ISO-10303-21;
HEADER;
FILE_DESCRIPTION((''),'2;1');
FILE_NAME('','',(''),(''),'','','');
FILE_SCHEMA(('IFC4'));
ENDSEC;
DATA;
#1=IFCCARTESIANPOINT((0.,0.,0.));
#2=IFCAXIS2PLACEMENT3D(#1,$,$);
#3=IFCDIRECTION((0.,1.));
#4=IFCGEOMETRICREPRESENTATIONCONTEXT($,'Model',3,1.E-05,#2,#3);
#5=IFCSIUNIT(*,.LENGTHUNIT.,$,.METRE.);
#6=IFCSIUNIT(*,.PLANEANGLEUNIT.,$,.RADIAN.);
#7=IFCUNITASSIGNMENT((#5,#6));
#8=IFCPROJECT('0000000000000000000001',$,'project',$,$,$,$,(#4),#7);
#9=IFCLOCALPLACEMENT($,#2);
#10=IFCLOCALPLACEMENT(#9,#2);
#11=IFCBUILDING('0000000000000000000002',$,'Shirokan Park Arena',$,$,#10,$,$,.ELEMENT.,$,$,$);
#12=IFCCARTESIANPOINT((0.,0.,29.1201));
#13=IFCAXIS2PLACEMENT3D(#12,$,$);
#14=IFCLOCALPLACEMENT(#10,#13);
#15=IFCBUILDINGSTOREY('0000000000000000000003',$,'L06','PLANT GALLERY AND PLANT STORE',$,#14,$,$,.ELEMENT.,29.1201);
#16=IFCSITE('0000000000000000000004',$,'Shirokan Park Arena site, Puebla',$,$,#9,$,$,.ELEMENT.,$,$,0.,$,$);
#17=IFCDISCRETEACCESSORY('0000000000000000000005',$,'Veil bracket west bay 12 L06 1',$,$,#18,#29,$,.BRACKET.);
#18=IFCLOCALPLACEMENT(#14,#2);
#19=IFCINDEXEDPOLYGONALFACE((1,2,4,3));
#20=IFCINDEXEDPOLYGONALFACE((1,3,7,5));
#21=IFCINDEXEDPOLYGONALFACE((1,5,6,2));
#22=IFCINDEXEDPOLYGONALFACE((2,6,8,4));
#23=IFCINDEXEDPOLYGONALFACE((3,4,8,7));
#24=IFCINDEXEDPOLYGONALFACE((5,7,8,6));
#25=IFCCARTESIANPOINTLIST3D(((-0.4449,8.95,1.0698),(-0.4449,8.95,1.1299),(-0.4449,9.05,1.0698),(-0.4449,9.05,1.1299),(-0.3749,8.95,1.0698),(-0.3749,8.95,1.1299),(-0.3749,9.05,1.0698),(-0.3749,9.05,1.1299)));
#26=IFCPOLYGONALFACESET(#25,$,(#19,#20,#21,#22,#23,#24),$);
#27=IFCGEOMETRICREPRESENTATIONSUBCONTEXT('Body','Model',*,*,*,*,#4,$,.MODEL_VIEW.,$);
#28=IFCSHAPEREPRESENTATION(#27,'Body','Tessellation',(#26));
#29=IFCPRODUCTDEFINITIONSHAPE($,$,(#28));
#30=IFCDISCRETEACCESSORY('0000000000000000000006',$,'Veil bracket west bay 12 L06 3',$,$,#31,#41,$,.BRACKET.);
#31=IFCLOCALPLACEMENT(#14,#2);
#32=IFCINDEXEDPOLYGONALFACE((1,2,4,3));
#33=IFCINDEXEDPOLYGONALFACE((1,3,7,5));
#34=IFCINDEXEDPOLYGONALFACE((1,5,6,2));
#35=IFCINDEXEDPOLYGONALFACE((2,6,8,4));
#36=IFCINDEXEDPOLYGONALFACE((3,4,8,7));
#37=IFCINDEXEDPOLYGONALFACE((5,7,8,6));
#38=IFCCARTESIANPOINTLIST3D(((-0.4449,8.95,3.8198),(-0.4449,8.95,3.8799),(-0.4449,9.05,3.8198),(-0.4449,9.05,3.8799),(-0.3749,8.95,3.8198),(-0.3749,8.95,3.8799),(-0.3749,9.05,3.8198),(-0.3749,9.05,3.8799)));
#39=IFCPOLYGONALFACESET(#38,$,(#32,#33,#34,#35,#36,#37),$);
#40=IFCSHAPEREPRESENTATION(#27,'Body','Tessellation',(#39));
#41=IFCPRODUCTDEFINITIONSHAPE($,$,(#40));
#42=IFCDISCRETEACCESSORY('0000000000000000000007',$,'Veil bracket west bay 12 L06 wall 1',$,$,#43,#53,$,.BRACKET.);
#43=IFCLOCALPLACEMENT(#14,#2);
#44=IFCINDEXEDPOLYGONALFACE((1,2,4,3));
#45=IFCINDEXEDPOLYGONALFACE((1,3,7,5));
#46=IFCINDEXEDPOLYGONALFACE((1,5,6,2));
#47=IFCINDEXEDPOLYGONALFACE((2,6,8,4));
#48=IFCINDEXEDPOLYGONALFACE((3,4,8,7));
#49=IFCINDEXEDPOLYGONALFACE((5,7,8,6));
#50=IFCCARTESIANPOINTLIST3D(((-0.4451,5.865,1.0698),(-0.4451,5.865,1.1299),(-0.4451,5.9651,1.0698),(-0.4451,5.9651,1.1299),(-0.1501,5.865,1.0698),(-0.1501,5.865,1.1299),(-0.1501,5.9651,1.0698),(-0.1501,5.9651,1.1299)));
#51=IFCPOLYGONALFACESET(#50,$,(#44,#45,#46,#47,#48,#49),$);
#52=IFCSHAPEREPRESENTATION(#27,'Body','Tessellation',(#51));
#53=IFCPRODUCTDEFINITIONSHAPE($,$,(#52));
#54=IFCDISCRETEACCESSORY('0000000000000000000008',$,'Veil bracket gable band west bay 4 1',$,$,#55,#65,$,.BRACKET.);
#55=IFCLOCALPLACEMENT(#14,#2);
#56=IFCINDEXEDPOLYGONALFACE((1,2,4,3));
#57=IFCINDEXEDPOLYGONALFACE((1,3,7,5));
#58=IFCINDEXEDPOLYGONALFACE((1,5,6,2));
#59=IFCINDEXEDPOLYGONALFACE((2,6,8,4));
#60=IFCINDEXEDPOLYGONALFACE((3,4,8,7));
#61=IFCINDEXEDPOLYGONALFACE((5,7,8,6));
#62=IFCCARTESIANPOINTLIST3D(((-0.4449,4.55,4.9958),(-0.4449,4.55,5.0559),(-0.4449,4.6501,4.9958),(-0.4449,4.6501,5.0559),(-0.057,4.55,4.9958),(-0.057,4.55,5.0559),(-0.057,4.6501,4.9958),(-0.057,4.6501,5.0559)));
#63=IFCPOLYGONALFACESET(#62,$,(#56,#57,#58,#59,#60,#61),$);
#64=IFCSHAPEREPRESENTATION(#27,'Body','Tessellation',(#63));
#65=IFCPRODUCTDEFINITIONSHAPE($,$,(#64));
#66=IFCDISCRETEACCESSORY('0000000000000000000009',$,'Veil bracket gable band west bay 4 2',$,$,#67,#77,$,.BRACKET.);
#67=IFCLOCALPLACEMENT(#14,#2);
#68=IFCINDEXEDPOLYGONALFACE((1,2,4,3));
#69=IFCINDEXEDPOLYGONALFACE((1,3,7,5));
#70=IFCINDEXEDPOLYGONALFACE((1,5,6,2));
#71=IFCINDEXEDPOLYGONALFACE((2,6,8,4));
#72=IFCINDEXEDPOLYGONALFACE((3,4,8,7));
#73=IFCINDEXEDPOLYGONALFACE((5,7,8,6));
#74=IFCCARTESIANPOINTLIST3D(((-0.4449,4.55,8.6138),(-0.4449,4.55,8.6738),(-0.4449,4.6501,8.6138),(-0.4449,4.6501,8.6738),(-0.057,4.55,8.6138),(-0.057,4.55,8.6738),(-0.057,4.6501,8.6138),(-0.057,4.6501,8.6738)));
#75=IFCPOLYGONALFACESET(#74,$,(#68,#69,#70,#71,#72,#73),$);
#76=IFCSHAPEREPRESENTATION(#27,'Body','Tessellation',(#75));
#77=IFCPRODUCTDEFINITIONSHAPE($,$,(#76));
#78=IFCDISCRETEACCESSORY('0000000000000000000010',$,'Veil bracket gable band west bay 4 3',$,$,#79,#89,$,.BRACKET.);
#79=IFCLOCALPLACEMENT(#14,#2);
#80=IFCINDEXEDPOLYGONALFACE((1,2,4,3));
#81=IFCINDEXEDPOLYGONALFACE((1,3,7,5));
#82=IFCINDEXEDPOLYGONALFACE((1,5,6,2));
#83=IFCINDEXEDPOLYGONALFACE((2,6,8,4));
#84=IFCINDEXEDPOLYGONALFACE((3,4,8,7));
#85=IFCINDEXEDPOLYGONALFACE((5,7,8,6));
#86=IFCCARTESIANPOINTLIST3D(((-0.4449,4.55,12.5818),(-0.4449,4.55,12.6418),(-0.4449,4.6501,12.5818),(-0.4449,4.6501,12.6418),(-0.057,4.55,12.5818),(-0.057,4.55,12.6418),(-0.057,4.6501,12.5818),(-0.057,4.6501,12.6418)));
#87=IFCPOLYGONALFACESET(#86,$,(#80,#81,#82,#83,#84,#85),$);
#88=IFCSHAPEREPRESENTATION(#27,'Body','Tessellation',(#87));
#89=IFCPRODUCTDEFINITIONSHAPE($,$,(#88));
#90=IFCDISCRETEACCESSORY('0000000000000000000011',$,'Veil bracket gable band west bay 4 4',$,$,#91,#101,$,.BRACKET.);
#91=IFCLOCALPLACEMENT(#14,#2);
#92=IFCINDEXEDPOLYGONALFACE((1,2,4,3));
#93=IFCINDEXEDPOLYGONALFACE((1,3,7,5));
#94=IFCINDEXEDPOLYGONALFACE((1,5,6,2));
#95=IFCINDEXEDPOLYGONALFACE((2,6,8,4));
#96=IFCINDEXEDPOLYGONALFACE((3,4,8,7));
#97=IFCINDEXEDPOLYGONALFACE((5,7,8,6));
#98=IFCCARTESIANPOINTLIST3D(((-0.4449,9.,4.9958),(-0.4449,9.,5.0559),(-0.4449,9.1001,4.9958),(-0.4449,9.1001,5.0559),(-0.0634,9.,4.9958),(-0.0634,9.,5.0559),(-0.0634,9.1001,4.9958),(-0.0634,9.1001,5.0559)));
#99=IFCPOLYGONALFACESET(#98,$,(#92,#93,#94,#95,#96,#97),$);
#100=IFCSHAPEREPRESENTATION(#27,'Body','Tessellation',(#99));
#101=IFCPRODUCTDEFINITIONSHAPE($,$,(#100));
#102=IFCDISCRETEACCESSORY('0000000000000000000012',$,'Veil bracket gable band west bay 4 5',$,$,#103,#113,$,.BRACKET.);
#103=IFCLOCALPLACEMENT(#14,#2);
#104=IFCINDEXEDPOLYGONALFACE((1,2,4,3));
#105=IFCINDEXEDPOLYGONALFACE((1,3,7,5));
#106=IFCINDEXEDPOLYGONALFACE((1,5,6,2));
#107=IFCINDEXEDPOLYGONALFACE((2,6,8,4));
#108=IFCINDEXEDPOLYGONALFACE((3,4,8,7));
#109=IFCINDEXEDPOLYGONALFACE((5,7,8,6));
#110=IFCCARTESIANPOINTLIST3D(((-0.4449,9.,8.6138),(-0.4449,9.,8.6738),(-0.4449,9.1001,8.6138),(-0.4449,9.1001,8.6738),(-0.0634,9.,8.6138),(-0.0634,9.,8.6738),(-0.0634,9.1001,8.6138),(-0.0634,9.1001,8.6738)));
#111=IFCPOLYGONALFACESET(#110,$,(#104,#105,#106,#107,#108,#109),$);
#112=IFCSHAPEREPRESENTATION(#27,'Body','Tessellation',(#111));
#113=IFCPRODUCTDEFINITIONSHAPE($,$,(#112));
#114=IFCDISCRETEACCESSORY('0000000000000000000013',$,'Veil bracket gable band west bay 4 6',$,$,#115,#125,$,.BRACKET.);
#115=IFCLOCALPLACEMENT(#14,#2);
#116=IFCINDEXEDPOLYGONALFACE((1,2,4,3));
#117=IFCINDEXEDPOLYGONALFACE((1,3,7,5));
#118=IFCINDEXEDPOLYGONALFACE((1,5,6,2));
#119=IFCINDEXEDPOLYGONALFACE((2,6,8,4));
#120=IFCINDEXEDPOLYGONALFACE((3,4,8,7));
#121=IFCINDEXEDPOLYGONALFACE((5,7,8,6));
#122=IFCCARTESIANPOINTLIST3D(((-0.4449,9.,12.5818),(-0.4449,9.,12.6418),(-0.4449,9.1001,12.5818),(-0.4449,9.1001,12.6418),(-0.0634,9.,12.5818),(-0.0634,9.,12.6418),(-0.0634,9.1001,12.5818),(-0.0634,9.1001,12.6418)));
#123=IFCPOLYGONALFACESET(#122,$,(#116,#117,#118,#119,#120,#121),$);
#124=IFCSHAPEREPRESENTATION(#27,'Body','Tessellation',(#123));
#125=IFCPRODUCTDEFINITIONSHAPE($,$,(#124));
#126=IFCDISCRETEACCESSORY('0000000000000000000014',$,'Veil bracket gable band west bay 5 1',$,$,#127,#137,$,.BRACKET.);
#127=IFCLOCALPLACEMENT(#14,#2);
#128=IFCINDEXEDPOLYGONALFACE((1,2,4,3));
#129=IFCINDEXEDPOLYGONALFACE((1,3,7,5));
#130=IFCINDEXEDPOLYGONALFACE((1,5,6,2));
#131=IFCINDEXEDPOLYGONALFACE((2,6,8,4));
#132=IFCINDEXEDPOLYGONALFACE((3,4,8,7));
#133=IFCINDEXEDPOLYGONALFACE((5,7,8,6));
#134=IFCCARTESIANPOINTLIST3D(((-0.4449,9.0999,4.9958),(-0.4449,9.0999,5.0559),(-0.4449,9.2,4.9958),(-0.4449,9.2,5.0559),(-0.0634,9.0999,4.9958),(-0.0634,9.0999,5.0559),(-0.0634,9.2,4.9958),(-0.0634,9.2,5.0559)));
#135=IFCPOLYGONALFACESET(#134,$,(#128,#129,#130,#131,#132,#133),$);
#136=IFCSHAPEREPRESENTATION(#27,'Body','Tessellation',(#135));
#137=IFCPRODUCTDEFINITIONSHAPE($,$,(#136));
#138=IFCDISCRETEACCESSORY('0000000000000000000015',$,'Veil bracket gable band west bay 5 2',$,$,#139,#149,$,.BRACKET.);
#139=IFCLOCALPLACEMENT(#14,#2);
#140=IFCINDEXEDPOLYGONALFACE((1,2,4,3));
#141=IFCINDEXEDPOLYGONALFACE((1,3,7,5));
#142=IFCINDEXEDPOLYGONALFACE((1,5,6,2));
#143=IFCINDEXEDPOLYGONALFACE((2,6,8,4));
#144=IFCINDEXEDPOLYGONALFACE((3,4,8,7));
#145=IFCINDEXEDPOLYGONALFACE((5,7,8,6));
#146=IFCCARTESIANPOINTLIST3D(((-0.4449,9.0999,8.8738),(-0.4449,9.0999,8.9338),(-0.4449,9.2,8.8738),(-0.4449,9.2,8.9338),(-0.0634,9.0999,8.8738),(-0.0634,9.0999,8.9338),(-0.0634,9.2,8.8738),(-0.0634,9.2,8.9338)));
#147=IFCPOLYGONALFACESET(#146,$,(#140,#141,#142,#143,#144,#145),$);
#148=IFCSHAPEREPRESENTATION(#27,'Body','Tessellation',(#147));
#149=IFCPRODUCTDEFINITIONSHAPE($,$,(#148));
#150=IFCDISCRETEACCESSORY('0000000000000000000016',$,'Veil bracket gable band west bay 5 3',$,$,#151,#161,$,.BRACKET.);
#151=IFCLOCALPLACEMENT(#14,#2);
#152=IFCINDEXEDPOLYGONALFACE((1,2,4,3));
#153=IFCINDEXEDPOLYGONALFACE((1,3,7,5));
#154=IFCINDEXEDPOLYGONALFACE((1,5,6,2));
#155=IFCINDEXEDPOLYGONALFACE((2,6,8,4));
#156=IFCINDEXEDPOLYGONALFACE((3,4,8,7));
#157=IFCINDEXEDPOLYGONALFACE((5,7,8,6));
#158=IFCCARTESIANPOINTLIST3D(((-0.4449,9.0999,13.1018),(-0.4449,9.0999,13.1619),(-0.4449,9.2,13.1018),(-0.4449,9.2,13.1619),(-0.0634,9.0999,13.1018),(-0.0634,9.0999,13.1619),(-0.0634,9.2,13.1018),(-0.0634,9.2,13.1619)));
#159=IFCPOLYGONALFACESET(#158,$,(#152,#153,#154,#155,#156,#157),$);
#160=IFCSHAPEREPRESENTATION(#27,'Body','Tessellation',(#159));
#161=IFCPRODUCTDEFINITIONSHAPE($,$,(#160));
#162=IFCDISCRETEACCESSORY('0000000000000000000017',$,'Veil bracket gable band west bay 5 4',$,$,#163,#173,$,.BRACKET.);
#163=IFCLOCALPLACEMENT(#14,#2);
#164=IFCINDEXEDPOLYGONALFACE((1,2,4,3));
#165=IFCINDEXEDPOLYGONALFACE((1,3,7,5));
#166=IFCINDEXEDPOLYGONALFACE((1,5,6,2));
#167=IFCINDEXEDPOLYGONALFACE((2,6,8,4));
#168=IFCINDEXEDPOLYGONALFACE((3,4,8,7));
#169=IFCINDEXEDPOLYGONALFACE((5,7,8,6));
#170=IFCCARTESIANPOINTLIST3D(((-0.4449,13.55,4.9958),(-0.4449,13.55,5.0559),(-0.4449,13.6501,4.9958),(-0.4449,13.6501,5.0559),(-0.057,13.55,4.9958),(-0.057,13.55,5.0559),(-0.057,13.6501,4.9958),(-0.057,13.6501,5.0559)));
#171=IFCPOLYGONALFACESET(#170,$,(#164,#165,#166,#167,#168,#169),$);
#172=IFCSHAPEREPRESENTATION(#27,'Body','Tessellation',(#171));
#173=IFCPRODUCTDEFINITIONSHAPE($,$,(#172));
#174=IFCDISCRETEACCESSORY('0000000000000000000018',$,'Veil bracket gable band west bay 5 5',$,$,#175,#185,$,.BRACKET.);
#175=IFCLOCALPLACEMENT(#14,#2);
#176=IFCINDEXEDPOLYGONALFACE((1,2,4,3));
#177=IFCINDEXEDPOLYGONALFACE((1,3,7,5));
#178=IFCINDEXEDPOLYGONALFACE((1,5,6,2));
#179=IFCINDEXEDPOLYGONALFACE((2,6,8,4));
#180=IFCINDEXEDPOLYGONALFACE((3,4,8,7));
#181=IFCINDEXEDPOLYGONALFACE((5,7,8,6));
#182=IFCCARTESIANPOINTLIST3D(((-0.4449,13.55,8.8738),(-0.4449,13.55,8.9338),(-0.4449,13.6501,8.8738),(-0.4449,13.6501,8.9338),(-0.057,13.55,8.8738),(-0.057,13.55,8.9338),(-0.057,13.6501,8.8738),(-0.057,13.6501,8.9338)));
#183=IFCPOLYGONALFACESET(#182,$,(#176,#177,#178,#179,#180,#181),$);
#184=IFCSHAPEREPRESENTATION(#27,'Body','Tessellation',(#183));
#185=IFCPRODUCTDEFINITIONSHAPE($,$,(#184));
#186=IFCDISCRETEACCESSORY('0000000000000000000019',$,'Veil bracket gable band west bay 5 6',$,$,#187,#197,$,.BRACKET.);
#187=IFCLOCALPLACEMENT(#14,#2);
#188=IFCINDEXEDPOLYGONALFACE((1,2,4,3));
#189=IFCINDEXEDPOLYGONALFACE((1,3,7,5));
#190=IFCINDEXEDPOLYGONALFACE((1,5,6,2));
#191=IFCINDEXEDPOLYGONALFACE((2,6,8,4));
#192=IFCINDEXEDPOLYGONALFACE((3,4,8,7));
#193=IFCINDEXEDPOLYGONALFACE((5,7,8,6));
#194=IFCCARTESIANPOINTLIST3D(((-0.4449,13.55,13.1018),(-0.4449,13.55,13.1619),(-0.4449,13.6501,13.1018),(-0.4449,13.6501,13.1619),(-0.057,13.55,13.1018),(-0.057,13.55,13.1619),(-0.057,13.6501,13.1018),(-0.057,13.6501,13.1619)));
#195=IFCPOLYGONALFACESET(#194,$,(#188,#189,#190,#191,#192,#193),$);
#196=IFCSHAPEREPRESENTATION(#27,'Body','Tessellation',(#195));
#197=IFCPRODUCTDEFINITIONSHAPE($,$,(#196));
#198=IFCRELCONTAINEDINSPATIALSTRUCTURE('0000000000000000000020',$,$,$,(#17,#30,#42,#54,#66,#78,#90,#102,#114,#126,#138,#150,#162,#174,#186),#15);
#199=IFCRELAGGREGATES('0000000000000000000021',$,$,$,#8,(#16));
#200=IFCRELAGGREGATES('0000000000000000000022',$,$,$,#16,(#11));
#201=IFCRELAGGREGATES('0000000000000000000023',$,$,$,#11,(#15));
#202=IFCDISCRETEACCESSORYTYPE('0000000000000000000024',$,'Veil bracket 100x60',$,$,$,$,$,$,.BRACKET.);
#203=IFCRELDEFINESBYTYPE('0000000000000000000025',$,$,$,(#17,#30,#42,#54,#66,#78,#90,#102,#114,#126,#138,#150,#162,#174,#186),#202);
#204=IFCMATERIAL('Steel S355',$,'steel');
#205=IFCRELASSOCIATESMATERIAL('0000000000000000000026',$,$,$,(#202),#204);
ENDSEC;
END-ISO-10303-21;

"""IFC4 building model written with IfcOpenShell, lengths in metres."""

from ifc_helpers import new_model, si_unit, direction, frame, origin, origin_2d, place, context, subcontext, project, spatial, rectangle, extrude, material, type_object, element, save


model = new_model("IFC4")

# Units and contexts
model_context = context("Model", 3, precision=1e-05, world=origin(), true_north=direction((0.0, 1.0)))
body_context = subcontext(model_context, "Body", "Model", "MODEL_VIEW")
ifc_project = project(units=[si_unit("LENGTHUNIT", "METRE"), si_unit("PLANEANGLEUNIT", "RADIAN")], contexts=[model_context])

# Site, building, storey
site_placement = place(None, origin())
site = spatial("IfcSite", under=ifc_project, at=site_placement, Name="Shirokan Park Arena site, Puebla", CompositionType="ELEMENT", RefElevation=0.0)
building_placement = place(site_placement, origin())
building = spatial("IfcBuilding", under=site, at=building_placement, Name="Shirokan Park Arena", CompositionType="ELEMENT")
storey_placement = place(building_placement, frame((0.0, 0.0, 29.1201)))
storey = spatial("IfcBuildingStorey", under=building, at=storey_placement, Name="L06", Description="PLANT GALLERY AND PLANT STORE", CompositionType="ELEMENT", Elevation=29.1201)

# Discrete accessories
ifc_material_1 = material(Name="Steel S355", Category="steel")
discrete_accessory_type = type_object("IfcDiscreteAccessoryType", Name="Veil bracket 100x60", PredefinedType="BRACKET", material=ifc_material_1)
for number, where, z_axis, x_axis, name in (
    (1, (-0.4099, 9.0, 1.0698), (0.0, 0.0, 1.0), (0.0, -1.0, 0.0), "Veil bracket west bay 12 L06 1"),
    (2, (-0.4099, 9.0, 3.8198), (0.0, 0.0, 1.0), (0.0, -1.0, 0.0), "Veil bracket west bay 12 L06 3"),
):
    element("IfcDiscreteAccessory", number, at=place(storey_placement, frame(where, z_axis=z_axis, x_axis=x_axis)), inside=storey, type_object=discrete_accessory_type, Name=name, PredefinedType="BRACKET", context=body_context, shape_type="SweptSolid", body=[
        extrude(rectangle(XDim=0.1001, YDim=0.0701, at=origin_2d()), origin(), (0.0, 0.0, 1.0), 0.0601),
    ])
discrete_accessory_1_placement = place(storey_placement, frame((-0.2976, 5.915, 1.0698), z_axis=(0.0, 0.0, 1.0), x_axis=(0.0, -1.0, 0.0)))
element("IfcDiscreteAccessory", 3, at=discrete_accessory_1_placement, inside=storey, type_object=discrete_accessory_type, Name="Veil bracket west bay 12 L06 wall 1", PredefinedType="BRACKET", context=body_context, shape_type="SweptSolid", body=[
    extrude(rectangle(XDim=0.1001, YDim=0.2949, at=origin_2d()), origin(), (0.0, 0.0, 1.0), 0.0601),
])
for number, where, z_axis, x_axis, name in (
    (4, (-0.251, 4.6001, 4.9958), (0.0, 0.0, 1.0), (1.0, 0.0, 0.0), "Veil bracket gable band west bay 4 1"),
    (5, (-0.251, 4.6001, 8.6138), (0.0, 0.0, 1.0), (1.0, 0.0, 0.0), "Veil bracket gable band west bay 4 2"),
    (6, (-0.251, 4.6001, 12.5818), (0.0, 0.0, 1.0), (1.0, 0.0, 0.0), "Veil bracket gable band west bay 4 3"),
):
    element("IfcDiscreteAccessory", number, at=place(storey_placement, frame(where, z_axis=z_axis, x_axis=x_axis)), inside=storey, type_object=discrete_accessory_type, Name=name, PredefinedType="BRACKET", context=body_context, shape_type="SweptSolid", body=[
        extrude(rectangle(XDim=0.3879, YDim=0.1001, at=origin_2d()), origin(), (0.0, 0.0, 1.0), 0.0601),
    ])
for number, where, z_axis, x_axis, name in (
    (7, (-0.2542, 9.05, 4.9958), (0.0, 0.0, 1.0), (1.0, 0.0, 0.0), "Veil bracket gable band west bay 4 4"),
    (8, (-0.2542, 9.05, 8.6138), (0.0, 0.0, 1.0), (1.0, 0.0, 0.0), "Veil bracket gable band west bay 4 5"),
    (9, (-0.2542, 9.05, 12.5818), (0.0, 0.0, 1.0), (1.0, 0.0, 0.0), "Veil bracket gable band west bay 4 6"),
    (10, (-0.2542, 9.1499, 4.9958), (0.0, 0.0, 1.0), (1.0, 0.0, 0.0), "Veil bracket gable band west bay 5 1"),
    (11, (-0.2542, 9.1499, 8.8738), (0.0, 0.0, 1.0), (1.0, 0.0, 0.0), "Veil bracket gable band west bay 5 2"),
    (12, (-0.2542, 9.1499, 13.1018), (0.0, 0.0, 1.0), (1.0, 0.0, 0.0), "Veil bracket gable band west bay 5 3"),
):
    element("IfcDiscreteAccessory", number, at=place(storey_placement, frame(where, z_axis=z_axis, x_axis=x_axis)), inside=storey, type_object=discrete_accessory_type, Name=name, PredefinedType="BRACKET", context=body_context, shape_type="SweptSolid", body=[
        extrude(rectangle(XDim=0.3816, YDim=0.1001, at=origin_2d()), origin(), (0.0, 0.0, 1.0), 0.0601),
    ])
for number, where, z_axis, x_axis, name in (
    (13, (-0.251, 13.6001, 4.9958), (0.0, 0.0, 1.0), (1.0, 0.0, 0.0), "Veil bracket gable band west bay 5 4"),
    (14, (-0.251, 13.6001, 8.8738), (0.0, 0.0, 1.0), (1.0, 0.0, 0.0), "Veil bracket gable band west bay 5 5"),
    (15, (-0.251, 13.6001, 13.1018), (0.0, 0.0, 1.0), (1.0, 0.0, 0.0), "Veil bracket gable band west bay 5 6"),
):
    element("IfcDiscreteAccessory", number, at=place(storey_placement, frame(where, z_axis=z_axis, x_axis=x_axis)), inside=storey, type_object=discrete_accessory_type, Name=name, PredefinedType="BRACKET", context=body_context, shape_type="SweptSolid", body=[
        extrude(rectangle(XDim=0.3879, YDim=0.1001, at=origin_2d()), origin(), (0.0, 0.0, 1.0), 0.0601),
    ])

save(model, "model.ifc")
